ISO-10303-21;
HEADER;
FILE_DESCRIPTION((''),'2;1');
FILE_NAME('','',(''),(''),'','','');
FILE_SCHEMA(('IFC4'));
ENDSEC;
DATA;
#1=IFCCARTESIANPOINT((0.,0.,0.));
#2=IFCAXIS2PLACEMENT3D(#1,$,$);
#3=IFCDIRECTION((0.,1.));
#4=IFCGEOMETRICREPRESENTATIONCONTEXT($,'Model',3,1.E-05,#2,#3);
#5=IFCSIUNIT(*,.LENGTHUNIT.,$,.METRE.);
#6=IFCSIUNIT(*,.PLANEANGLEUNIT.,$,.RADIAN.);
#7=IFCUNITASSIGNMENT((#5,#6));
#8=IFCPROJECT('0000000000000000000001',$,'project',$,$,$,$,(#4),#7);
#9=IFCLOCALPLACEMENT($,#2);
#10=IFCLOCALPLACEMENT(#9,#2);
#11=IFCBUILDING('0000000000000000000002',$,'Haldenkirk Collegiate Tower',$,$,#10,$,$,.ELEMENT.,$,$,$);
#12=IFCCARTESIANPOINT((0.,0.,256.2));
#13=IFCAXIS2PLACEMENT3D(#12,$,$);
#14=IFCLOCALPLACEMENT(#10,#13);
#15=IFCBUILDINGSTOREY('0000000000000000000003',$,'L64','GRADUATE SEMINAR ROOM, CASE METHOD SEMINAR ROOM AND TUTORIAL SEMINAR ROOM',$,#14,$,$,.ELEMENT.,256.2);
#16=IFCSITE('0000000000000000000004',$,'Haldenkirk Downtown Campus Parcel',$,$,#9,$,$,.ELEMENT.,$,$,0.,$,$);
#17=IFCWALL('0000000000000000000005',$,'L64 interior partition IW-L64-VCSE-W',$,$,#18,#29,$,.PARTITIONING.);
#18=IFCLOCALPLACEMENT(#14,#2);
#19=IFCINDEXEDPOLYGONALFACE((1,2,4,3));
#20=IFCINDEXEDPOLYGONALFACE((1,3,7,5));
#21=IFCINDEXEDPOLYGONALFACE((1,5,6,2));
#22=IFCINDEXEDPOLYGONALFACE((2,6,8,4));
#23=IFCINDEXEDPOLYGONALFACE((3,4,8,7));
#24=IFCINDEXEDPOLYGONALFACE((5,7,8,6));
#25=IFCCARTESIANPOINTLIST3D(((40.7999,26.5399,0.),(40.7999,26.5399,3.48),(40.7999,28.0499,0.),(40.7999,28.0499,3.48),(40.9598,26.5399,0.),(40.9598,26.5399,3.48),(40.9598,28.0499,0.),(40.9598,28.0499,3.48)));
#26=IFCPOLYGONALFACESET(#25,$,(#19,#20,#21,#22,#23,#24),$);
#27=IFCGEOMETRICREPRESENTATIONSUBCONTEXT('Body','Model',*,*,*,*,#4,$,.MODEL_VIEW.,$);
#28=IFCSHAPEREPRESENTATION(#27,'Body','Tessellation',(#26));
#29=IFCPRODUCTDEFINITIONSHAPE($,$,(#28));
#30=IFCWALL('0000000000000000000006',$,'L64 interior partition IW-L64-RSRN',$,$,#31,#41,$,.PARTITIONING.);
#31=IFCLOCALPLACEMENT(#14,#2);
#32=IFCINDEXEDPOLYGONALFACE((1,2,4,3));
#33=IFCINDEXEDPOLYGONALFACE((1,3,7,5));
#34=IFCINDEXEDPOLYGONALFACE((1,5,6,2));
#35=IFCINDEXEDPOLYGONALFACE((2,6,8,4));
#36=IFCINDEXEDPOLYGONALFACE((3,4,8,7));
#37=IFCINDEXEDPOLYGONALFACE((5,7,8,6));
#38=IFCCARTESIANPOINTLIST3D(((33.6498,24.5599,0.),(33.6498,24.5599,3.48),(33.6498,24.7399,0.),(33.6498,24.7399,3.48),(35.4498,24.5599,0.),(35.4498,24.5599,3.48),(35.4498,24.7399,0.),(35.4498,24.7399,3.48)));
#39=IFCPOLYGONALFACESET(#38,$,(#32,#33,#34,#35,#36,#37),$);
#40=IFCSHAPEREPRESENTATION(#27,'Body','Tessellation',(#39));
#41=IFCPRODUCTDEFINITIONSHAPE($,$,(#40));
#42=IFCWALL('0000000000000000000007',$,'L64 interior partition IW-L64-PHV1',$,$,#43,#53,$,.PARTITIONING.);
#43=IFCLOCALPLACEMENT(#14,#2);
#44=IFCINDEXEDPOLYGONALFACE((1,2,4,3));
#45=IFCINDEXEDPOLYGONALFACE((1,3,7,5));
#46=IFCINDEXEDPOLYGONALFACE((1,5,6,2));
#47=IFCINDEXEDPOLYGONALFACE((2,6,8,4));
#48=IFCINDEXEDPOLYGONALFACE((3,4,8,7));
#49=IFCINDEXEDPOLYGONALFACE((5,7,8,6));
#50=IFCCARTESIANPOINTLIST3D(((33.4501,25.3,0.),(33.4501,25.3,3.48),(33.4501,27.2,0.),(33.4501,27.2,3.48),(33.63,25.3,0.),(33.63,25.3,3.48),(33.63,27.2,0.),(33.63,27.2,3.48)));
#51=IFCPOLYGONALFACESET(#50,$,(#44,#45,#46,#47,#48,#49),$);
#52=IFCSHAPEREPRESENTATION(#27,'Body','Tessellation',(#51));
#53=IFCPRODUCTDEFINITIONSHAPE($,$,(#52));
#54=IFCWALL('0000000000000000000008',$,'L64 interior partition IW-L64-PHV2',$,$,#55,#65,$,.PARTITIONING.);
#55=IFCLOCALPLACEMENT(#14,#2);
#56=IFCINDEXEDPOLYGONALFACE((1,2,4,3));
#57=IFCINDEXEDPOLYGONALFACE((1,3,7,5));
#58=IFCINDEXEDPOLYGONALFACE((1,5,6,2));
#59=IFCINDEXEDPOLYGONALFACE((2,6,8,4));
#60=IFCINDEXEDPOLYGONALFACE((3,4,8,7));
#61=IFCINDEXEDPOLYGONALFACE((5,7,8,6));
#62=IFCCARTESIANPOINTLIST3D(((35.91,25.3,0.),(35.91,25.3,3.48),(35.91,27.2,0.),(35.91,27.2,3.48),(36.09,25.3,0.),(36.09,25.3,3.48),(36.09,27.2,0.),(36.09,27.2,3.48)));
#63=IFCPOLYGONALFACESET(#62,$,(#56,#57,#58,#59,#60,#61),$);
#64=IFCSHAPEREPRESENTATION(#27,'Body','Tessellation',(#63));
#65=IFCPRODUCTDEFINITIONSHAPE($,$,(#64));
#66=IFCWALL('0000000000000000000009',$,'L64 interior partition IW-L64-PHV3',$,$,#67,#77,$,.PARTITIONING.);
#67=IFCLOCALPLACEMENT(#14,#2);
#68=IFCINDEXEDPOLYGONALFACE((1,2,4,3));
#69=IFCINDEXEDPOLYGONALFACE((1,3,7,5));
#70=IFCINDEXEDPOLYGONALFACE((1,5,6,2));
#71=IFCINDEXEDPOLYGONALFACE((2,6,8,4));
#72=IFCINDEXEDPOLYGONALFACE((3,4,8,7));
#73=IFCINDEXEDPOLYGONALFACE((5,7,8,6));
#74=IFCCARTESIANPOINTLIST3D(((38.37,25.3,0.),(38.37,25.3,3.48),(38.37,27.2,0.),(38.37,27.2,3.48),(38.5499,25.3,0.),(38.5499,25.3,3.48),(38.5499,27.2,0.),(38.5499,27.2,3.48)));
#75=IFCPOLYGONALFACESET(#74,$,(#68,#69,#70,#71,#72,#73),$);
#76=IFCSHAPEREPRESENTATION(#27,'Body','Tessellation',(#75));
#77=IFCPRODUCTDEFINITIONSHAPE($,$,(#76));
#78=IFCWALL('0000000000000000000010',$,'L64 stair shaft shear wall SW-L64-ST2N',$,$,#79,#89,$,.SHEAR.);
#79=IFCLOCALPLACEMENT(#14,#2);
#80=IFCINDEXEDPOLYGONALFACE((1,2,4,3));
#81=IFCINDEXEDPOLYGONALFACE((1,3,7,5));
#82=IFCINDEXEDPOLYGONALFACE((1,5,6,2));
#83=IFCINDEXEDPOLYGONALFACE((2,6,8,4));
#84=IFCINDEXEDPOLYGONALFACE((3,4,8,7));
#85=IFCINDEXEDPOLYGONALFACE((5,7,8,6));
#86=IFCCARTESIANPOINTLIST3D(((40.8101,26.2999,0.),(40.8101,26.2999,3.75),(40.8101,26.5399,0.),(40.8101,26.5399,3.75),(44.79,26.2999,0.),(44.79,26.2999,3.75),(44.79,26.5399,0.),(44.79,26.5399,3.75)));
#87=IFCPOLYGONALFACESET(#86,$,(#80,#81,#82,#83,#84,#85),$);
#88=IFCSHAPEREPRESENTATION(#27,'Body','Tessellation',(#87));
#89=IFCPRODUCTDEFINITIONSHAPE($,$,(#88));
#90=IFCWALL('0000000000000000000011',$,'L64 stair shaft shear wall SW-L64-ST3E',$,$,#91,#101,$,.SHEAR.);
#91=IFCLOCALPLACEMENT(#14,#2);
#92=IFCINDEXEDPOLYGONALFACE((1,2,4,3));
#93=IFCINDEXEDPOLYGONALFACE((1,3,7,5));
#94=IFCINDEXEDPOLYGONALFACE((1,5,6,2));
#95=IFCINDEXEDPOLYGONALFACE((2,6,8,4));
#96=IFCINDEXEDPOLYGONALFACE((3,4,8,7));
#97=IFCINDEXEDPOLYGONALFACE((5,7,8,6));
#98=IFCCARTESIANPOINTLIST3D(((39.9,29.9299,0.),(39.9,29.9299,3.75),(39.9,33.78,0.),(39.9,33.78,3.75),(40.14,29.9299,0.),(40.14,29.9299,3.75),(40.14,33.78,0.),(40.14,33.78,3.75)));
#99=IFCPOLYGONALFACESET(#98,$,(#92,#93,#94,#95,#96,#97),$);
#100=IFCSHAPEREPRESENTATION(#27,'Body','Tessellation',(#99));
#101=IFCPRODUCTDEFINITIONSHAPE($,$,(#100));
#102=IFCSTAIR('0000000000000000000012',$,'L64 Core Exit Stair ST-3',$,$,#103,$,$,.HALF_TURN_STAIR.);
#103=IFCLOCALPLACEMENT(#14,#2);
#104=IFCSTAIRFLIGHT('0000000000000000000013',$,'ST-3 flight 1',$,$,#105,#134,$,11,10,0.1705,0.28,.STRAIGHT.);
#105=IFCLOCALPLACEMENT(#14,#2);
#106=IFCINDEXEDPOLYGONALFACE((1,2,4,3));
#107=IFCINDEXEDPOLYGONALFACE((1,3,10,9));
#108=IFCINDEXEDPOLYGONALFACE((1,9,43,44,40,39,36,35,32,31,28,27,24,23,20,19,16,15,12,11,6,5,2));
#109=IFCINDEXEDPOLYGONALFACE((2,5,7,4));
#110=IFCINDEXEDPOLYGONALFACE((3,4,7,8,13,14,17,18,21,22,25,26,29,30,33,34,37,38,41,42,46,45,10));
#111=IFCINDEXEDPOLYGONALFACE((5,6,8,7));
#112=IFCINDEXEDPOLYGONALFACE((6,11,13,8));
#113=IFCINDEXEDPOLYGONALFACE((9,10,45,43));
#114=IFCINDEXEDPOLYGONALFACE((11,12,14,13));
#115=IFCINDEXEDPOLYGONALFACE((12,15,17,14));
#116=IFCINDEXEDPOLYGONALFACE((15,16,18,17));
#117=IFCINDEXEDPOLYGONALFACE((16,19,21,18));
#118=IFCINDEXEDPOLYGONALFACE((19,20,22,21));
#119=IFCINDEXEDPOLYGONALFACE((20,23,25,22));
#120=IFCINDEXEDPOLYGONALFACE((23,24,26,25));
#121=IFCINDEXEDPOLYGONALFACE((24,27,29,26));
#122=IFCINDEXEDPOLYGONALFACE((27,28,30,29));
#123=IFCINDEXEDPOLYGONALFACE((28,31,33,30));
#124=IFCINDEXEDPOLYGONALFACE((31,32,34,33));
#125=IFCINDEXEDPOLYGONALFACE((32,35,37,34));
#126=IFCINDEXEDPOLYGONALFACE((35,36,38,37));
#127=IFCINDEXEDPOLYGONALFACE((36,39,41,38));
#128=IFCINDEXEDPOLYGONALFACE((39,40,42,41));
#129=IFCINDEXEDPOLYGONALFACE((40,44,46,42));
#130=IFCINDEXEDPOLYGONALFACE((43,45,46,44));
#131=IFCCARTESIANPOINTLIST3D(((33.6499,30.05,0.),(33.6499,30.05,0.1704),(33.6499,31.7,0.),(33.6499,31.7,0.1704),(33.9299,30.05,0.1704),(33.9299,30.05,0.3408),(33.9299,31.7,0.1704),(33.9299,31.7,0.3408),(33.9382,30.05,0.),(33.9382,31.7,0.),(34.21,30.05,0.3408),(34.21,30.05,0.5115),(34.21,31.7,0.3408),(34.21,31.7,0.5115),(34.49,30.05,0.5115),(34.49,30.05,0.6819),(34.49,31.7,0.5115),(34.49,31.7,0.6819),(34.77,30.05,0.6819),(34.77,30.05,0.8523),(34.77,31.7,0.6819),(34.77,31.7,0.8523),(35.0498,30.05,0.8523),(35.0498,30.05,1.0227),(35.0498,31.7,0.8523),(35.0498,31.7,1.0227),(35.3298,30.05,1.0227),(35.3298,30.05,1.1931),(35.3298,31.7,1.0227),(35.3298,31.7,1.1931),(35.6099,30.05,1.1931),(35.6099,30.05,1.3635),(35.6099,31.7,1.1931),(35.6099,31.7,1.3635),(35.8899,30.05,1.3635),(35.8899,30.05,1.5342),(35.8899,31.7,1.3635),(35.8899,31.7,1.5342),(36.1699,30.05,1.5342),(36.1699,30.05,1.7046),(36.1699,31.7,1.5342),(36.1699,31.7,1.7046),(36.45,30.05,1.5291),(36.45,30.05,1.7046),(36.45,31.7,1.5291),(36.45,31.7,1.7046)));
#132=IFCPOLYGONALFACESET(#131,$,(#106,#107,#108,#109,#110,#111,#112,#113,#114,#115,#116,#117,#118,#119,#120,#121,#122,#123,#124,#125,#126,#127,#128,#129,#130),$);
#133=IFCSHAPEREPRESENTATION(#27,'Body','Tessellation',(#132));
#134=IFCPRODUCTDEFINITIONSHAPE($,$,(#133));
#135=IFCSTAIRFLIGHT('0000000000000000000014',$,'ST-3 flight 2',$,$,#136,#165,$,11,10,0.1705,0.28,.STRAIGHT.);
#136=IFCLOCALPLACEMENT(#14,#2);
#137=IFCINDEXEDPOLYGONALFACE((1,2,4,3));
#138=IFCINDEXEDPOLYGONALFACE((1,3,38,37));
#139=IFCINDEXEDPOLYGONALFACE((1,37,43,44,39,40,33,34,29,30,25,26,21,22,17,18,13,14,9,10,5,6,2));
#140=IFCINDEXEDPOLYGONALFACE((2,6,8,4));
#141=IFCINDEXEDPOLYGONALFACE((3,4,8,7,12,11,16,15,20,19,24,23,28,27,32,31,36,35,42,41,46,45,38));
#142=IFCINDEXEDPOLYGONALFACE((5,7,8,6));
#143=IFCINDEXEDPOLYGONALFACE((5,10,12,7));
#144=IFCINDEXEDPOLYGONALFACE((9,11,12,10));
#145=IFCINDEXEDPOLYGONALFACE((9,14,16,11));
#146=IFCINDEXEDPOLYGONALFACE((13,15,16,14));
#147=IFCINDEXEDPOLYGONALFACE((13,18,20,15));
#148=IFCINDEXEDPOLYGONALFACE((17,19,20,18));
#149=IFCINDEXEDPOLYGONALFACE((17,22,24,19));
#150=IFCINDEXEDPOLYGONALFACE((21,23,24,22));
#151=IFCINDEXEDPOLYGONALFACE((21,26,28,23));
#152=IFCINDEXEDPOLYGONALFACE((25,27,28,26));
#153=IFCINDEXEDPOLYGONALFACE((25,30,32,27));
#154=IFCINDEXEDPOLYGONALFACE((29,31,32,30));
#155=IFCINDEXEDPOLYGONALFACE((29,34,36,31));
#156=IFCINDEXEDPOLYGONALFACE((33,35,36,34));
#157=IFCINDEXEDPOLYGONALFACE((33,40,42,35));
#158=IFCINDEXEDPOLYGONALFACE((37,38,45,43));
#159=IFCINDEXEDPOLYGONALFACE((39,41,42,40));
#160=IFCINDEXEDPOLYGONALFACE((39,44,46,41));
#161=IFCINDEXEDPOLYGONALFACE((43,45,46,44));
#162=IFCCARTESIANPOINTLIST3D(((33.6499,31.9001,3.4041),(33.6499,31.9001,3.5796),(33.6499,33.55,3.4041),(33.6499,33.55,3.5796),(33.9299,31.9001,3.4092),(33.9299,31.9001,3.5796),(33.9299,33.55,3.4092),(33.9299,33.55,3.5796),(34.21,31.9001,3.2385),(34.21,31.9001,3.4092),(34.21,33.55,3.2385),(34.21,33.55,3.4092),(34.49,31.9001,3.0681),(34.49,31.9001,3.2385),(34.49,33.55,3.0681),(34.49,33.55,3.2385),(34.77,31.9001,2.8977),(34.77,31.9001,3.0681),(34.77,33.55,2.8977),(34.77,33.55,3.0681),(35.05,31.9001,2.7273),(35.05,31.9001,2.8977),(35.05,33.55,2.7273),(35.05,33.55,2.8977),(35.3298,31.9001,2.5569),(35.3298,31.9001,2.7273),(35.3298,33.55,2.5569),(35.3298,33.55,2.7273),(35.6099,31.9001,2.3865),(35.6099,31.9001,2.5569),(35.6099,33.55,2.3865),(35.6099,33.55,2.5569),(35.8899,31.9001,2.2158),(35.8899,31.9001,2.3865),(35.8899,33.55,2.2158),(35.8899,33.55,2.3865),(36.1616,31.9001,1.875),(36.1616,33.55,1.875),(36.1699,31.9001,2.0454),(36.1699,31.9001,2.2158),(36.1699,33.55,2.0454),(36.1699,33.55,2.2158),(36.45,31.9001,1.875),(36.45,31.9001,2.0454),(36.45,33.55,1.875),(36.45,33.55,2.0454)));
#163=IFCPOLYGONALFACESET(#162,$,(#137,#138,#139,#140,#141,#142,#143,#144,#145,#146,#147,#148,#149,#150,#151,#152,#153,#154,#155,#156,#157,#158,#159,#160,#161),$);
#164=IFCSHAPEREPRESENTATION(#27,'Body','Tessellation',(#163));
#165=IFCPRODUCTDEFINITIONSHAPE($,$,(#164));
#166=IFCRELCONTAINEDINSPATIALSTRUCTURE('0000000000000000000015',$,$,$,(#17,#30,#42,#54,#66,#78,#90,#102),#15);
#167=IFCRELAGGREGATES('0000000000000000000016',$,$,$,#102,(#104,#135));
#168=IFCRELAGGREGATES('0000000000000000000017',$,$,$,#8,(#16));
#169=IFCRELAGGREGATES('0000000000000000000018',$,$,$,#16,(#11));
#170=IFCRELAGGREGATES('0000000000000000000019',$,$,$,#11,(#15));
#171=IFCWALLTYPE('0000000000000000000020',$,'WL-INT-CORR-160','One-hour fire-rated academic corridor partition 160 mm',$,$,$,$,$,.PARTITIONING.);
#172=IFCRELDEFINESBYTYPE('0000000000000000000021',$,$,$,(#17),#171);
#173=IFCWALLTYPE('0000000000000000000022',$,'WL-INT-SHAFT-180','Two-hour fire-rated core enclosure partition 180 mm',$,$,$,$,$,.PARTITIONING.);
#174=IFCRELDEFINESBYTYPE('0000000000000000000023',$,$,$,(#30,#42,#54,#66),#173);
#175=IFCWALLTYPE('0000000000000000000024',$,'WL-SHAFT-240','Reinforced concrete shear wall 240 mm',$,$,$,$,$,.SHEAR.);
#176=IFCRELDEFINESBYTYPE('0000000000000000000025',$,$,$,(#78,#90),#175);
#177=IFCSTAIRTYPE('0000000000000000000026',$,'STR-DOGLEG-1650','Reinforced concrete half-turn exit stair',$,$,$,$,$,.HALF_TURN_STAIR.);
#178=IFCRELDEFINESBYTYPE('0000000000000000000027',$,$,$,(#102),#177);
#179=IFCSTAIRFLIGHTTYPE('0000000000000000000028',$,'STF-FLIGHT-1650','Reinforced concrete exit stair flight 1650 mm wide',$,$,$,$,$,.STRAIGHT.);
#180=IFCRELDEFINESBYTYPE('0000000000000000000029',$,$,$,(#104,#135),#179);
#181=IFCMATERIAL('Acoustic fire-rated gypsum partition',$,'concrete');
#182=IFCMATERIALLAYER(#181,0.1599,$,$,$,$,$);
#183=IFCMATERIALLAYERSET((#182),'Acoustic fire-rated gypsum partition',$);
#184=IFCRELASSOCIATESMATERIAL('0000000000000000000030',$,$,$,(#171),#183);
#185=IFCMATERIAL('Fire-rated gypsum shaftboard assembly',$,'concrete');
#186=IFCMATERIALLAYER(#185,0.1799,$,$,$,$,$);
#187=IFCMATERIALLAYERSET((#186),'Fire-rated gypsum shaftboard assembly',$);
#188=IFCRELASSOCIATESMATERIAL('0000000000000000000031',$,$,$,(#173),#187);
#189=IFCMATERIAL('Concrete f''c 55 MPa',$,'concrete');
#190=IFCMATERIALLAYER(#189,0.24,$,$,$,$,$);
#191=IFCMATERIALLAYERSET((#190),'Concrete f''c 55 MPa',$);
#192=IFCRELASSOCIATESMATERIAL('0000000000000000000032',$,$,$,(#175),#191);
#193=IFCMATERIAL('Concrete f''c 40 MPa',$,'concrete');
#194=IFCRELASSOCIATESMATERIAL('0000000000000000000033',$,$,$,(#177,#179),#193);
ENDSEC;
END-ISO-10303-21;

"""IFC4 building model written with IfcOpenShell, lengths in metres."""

from ifc_helpers import new_model, si_unit, direction, frame, frame_2d, origin, place, context, subcontext, project, spatial, polyline, rectangle, outline, extrude, material, layer, layer_set, type_object, element, aggregate, save


model = new_model("IFC4")

# Units and contexts
model_context = context("Model", 3, precision=1e-05, world=origin(), true_north=direction((0.0, 1.0)))
body_context = subcontext(model_context, "Body", "Model", "MODEL_VIEW")
ifc_project = project(units=[si_unit("LENGTHUNIT", "METRE"), si_unit("PLANEANGLEUNIT", "RADIAN")], contexts=[model_context])

# Site, building, storey
site_placement = place(None, origin())
site = spatial("IfcSite", under=ifc_project, at=site_placement, Name="Haldenkirk Downtown Campus Parcel", CompositionType="ELEMENT", RefElevation=0.0)
building_placement = place(site_placement, origin())
building = spatial("IfcBuilding", under=site, at=building_placement, Name="Haldenkirk Collegiate Tower", CompositionType="ELEMENT")
storey_placement = place(building_placement, frame((0.0, 0.0, 256.2)))
storey = spatial("IfcBuildingStorey", under=building, at=storey_placement, Name="L64", Description="GRADUATE SEMINAR ROOM, CASE METHOD SEMINAR ROOM AND TUTORIAL SEMINAR ROOM", CompositionType="ELEMENT", Elevation=256.2)

# Shared definitions
ifc_material_1 = material(Name="Acoustic fire-rated gypsum partition", Category="concrete")
ifc_layer_1 = layer(ifc_material_1, 0.1599)
ifc_layer_set_1 = layer_set([ifc_layer_1], Name="Acoustic fire-rated gypsum partition")
wall_type_1 = type_object("IfcWallType", Name="WL-INT-CORR-160", Description="One-hour fire-rated academic corridor partition 160 mm", PredefinedType="PARTITIONING", material=ifc_layer_set_1)

# Wall
wall_1_placement = place(storey_placement, frame((40.8799, 26.54, 0.0), z_axis=(0.0, 0.0, 1.0), x_axis=(0.0, 1.0, 0.0)))
element("IfcWall", 1, at=wall_1_placement, inside=storey, type_object=wall_type_1, Name="L64 interior partition IW-L64-VCSE-W", PredefinedType="PARTITIONING", context=body_context, shape_type="SweptSolid", body=[
    extrude(rectangle(XDim=1.51, YDim=0.1599, at=frame_2d((0.7549, 0.0))), origin(), (0.0, 0.0, 1.0), 3.48),
])

# Walls
ifc_material_2 = material(Name="Fire-rated gypsum shaftboard assembly", Category="concrete")
ifc_layer_2 = layer(ifc_material_2, 0.1799)
ifc_layer_set_2 = layer_set([ifc_layer_2], Name="Fire-rated gypsum shaftboard assembly")
wall_type_2 = type_object("IfcWallType", Name="WL-INT-SHAFT-180", Description="Two-hour fire-rated core enclosure partition 180 mm", PredefinedType="PARTITIONING", material=ifc_layer_set_2)
wall_2_placement = place(storey_placement, frame((33.6499, 24.6499, 0.0), z_axis=(0.0, 0.0, 1.0), x_axis=(1.0, 0.0, 0.0)))
element("IfcWall", 2, at=wall_2_placement, inside=storey, type_object=wall_type_2, Name="L64 interior partition IW-L64-RSRN", PredefinedType="PARTITIONING", context=body_context, shape_type="SweptSolid", body=[
    extrude(rectangle(XDim=1.8, YDim=0.1799, at=frame_2d((0.8999, 0.0))), origin(), (0.0, 0.0, 1.0), 3.48),
])
for number, where, z_axis, x_axis, name in (
    (3, (33.54, 25.3, 0.0), (0.0, 0.0, 1.0), (0.0, 1.0, 0.0), "L64 interior partition IW-L64-PHV1"),
    (4, (36.0, 25.3, 0.0), (0.0, 0.0, 1.0), (0.0, 1.0, 0.0), "L64 interior partition IW-L64-PHV2"),
    (5, (38.46, 25.3, 0.0), (0.0, 0.0, 1.0), (0.0, 1.0, 0.0), "L64 interior partition IW-L64-PHV3"),
):
    element("IfcWall", number, at=place(storey_placement, frame(where, z_axis=z_axis, x_axis=x_axis)), inside=storey, type_object=wall_type_2, Name=name, PredefinedType="PARTITIONING", context=body_context, shape_type="SweptSolid", body=[
        extrude(rectangle(XDim=1.8999, YDim=0.1799, at=frame_2d((0.95, 0.0))), origin(), (0.0, 0.0, 1.0), 3.48),
    ])
ifc_material_3 = material(Name="Concrete f'c 55 MPa", Category="concrete")
ifc_layer_3 = layer(ifc_material_3, 0.24)
ifc_layer_set_3 = layer_set([ifc_layer_3], Name="Concrete f'c 55 MPa")
wall_type_3 = type_object("IfcWallType", Name="WL-SHAFT-240", Description="Reinforced concrete shear wall 240 mm", PredefinedType="SHEAR", material=ifc_layer_set_3)
wall_3_placement = place(storey_placement, frame((40.8101, 26.4199, 0.0), z_axis=(0.0, 0.0, 1.0), x_axis=(1.0, 0.0, 0.0)))
element("IfcWall", 6, at=wall_3_placement, inside=storey, type_object=wall_type_3, Name="L64 stair shaft shear wall SW-L64-ST2N", PredefinedType="SHEAR", context=body_context, shape_type="SweptSolid", body=[
    extrude(rectangle(XDim=3.98, YDim=0.24, at=frame_2d((1.99, 0.0))), origin(), (0.0, 0.0, 1.0), 3.75),
])
wall_4_placement = place(storey_placement, frame((40.02, 29.9299, 0.0), z_axis=(0.0, 0.0, 1.0), x_axis=(0.0, 1.0, 0.0)))
element("IfcWall", 7, at=wall_4_placement, inside=storey, type_object=wall_type_3, Name="L64 stair shaft shear wall SW-L64-ST3E", PredefinedType="SHEAR", context=body_context, shape_type="SweptSolid", body=[
    extrude(rectangle(XDim=3.8501, YDim=0.24, at=frame_2d((1.925, 0.0))), origin(), (0.0, 0.0, 1.0), 3.75),
])

# Stair, stair flights
ifc_material_4 = material(Name="Concrete f'c 40 MPa", Category="concrete")
stair_type = type_object("IfcStairType", Name="STR-DOGLEG-1650", Description="Reinforced concrete half-turn exit stair", PredefinedType="HALF_TURN_STAIR", material=ifc_material_4)
stair_placement = place(storey_placement, origin())
stair = element("IfcStair", 8, at=stair_placement, inside=storey, type_object=stair_type, Name="L64 Core Exit Stair ST-3", PredefinedType="HALF_TURN_STAIR")
stair_flight_type = type_object("IfcStairFlightType", Name="STF-FLIGHT-1650", Description="Reinforced concrete exit stair flight 1650 mm wide", PredefinedType="STRAIGHT", material=ifc_material_4)
stair_flight_1_placement = place(storey_placement, frame((33.6499, 30.875, 0.0), z_axis=(0.0, 0.0, 1.0), x_axis=(1.0, 0.0, 0.0)))
stair_flight_1 = element("IfcStairFlight", 9, at=stair_flight_1_placement, type_object=stair_flight_type, Name="ST-3 flight 1", NumberOfRisers=11, NumberOfTreads=10, PredefinedType="STRAIGHT", RiserHeight=0.1705, TreadLength=0.28, context=body_context, shape_type="SweptSolid", body=[
    extrude(outline(polyline([(0.0, 0.0), (0.0, 0.1704), (0.28, 0.1704), (0.28, 0.3408), (0.5601, 0.3408), (0.5601, 0.5115), (0.8401, 0.5115), (0.8401, 0.6819), (1.1201, 0.6819), (1.1201, 0.8523), (1.3999, 0.8523), (1.3999, 1.0227), (1.6799, 1.0227), (1.6799, 1.1931), (1.96, 1.1931), (1.96, 1.3635), (2.24, 1.3635), (2.24, 1.5342), (2.52, 1.5342), (2.52, 1.7046), (2.8, 1.7046), (2.8, 1.875), (2.8, 1.5291), (0.2883, 0.0), (0.0, 0.0)])), frame((0.0, 0.825, 0.0), z_axis=(0.0, -1.0, 0.0), x_axis=(1.0, 0.0, 0.0)), (0.0, 0.0, 1.0), 1.6499),
])
stair_flight_2_placement = place(storey_placement, frame((36.45, 32.7251, 1.875), z_axis=(0.0, 0.0, 1.0), x_axis=(-1.0, 0.0, 0.0)))
stair_flight_2 = element("IfcStairFlight", 10, at=stair_flight_2_placement, type_object=stair_flight_type, Name="ST-3 flight 2", NumberOfRisers=11, NumberOfTreads=10, PredefinedType="STRAIGHT", RiserHeight=0.1705, TreadLength=0.28, context=body_context, shape_type="SweptSolid", body=[
    extrude(outline(polyline([(0.0, 0.0), (0.0, 0.1704), (0.28, 0.1704), (0.28, 0.3408), (0.5601, 0.3408), (0.5601, 0.5115), (0.8401, 0.5115), (0.8401, 0.6819), (1.1201, 0.6819), (1.1201, 0.8523), (1.3999, 0.8523), (1.3999, 1.0227), (1.6799, 1.0227), (1.6799, 1.1931), (1.96, 1.1931), (1.96, 1.3635), (2.24, 1.3635), (2.24, 1.5342), (2.52, 1.5342), (2.52, 1.7046), (2.8, 1.7046), (2.8, 1.875), (2.8, 1.5291), (0.2883, 0.0), (0.0, 0.0)])), frame((0.0, 0.825, 0.0), z_axis=(0.0, -1.0, 0.0), x_axis=(1.0, 0.0, 0.0)), (0.0, 0.0, 1.0), 1.6499),
])
aggregate(stair, [stair_flight_1, stair_flight_2])

save(model, "model.ifc")
